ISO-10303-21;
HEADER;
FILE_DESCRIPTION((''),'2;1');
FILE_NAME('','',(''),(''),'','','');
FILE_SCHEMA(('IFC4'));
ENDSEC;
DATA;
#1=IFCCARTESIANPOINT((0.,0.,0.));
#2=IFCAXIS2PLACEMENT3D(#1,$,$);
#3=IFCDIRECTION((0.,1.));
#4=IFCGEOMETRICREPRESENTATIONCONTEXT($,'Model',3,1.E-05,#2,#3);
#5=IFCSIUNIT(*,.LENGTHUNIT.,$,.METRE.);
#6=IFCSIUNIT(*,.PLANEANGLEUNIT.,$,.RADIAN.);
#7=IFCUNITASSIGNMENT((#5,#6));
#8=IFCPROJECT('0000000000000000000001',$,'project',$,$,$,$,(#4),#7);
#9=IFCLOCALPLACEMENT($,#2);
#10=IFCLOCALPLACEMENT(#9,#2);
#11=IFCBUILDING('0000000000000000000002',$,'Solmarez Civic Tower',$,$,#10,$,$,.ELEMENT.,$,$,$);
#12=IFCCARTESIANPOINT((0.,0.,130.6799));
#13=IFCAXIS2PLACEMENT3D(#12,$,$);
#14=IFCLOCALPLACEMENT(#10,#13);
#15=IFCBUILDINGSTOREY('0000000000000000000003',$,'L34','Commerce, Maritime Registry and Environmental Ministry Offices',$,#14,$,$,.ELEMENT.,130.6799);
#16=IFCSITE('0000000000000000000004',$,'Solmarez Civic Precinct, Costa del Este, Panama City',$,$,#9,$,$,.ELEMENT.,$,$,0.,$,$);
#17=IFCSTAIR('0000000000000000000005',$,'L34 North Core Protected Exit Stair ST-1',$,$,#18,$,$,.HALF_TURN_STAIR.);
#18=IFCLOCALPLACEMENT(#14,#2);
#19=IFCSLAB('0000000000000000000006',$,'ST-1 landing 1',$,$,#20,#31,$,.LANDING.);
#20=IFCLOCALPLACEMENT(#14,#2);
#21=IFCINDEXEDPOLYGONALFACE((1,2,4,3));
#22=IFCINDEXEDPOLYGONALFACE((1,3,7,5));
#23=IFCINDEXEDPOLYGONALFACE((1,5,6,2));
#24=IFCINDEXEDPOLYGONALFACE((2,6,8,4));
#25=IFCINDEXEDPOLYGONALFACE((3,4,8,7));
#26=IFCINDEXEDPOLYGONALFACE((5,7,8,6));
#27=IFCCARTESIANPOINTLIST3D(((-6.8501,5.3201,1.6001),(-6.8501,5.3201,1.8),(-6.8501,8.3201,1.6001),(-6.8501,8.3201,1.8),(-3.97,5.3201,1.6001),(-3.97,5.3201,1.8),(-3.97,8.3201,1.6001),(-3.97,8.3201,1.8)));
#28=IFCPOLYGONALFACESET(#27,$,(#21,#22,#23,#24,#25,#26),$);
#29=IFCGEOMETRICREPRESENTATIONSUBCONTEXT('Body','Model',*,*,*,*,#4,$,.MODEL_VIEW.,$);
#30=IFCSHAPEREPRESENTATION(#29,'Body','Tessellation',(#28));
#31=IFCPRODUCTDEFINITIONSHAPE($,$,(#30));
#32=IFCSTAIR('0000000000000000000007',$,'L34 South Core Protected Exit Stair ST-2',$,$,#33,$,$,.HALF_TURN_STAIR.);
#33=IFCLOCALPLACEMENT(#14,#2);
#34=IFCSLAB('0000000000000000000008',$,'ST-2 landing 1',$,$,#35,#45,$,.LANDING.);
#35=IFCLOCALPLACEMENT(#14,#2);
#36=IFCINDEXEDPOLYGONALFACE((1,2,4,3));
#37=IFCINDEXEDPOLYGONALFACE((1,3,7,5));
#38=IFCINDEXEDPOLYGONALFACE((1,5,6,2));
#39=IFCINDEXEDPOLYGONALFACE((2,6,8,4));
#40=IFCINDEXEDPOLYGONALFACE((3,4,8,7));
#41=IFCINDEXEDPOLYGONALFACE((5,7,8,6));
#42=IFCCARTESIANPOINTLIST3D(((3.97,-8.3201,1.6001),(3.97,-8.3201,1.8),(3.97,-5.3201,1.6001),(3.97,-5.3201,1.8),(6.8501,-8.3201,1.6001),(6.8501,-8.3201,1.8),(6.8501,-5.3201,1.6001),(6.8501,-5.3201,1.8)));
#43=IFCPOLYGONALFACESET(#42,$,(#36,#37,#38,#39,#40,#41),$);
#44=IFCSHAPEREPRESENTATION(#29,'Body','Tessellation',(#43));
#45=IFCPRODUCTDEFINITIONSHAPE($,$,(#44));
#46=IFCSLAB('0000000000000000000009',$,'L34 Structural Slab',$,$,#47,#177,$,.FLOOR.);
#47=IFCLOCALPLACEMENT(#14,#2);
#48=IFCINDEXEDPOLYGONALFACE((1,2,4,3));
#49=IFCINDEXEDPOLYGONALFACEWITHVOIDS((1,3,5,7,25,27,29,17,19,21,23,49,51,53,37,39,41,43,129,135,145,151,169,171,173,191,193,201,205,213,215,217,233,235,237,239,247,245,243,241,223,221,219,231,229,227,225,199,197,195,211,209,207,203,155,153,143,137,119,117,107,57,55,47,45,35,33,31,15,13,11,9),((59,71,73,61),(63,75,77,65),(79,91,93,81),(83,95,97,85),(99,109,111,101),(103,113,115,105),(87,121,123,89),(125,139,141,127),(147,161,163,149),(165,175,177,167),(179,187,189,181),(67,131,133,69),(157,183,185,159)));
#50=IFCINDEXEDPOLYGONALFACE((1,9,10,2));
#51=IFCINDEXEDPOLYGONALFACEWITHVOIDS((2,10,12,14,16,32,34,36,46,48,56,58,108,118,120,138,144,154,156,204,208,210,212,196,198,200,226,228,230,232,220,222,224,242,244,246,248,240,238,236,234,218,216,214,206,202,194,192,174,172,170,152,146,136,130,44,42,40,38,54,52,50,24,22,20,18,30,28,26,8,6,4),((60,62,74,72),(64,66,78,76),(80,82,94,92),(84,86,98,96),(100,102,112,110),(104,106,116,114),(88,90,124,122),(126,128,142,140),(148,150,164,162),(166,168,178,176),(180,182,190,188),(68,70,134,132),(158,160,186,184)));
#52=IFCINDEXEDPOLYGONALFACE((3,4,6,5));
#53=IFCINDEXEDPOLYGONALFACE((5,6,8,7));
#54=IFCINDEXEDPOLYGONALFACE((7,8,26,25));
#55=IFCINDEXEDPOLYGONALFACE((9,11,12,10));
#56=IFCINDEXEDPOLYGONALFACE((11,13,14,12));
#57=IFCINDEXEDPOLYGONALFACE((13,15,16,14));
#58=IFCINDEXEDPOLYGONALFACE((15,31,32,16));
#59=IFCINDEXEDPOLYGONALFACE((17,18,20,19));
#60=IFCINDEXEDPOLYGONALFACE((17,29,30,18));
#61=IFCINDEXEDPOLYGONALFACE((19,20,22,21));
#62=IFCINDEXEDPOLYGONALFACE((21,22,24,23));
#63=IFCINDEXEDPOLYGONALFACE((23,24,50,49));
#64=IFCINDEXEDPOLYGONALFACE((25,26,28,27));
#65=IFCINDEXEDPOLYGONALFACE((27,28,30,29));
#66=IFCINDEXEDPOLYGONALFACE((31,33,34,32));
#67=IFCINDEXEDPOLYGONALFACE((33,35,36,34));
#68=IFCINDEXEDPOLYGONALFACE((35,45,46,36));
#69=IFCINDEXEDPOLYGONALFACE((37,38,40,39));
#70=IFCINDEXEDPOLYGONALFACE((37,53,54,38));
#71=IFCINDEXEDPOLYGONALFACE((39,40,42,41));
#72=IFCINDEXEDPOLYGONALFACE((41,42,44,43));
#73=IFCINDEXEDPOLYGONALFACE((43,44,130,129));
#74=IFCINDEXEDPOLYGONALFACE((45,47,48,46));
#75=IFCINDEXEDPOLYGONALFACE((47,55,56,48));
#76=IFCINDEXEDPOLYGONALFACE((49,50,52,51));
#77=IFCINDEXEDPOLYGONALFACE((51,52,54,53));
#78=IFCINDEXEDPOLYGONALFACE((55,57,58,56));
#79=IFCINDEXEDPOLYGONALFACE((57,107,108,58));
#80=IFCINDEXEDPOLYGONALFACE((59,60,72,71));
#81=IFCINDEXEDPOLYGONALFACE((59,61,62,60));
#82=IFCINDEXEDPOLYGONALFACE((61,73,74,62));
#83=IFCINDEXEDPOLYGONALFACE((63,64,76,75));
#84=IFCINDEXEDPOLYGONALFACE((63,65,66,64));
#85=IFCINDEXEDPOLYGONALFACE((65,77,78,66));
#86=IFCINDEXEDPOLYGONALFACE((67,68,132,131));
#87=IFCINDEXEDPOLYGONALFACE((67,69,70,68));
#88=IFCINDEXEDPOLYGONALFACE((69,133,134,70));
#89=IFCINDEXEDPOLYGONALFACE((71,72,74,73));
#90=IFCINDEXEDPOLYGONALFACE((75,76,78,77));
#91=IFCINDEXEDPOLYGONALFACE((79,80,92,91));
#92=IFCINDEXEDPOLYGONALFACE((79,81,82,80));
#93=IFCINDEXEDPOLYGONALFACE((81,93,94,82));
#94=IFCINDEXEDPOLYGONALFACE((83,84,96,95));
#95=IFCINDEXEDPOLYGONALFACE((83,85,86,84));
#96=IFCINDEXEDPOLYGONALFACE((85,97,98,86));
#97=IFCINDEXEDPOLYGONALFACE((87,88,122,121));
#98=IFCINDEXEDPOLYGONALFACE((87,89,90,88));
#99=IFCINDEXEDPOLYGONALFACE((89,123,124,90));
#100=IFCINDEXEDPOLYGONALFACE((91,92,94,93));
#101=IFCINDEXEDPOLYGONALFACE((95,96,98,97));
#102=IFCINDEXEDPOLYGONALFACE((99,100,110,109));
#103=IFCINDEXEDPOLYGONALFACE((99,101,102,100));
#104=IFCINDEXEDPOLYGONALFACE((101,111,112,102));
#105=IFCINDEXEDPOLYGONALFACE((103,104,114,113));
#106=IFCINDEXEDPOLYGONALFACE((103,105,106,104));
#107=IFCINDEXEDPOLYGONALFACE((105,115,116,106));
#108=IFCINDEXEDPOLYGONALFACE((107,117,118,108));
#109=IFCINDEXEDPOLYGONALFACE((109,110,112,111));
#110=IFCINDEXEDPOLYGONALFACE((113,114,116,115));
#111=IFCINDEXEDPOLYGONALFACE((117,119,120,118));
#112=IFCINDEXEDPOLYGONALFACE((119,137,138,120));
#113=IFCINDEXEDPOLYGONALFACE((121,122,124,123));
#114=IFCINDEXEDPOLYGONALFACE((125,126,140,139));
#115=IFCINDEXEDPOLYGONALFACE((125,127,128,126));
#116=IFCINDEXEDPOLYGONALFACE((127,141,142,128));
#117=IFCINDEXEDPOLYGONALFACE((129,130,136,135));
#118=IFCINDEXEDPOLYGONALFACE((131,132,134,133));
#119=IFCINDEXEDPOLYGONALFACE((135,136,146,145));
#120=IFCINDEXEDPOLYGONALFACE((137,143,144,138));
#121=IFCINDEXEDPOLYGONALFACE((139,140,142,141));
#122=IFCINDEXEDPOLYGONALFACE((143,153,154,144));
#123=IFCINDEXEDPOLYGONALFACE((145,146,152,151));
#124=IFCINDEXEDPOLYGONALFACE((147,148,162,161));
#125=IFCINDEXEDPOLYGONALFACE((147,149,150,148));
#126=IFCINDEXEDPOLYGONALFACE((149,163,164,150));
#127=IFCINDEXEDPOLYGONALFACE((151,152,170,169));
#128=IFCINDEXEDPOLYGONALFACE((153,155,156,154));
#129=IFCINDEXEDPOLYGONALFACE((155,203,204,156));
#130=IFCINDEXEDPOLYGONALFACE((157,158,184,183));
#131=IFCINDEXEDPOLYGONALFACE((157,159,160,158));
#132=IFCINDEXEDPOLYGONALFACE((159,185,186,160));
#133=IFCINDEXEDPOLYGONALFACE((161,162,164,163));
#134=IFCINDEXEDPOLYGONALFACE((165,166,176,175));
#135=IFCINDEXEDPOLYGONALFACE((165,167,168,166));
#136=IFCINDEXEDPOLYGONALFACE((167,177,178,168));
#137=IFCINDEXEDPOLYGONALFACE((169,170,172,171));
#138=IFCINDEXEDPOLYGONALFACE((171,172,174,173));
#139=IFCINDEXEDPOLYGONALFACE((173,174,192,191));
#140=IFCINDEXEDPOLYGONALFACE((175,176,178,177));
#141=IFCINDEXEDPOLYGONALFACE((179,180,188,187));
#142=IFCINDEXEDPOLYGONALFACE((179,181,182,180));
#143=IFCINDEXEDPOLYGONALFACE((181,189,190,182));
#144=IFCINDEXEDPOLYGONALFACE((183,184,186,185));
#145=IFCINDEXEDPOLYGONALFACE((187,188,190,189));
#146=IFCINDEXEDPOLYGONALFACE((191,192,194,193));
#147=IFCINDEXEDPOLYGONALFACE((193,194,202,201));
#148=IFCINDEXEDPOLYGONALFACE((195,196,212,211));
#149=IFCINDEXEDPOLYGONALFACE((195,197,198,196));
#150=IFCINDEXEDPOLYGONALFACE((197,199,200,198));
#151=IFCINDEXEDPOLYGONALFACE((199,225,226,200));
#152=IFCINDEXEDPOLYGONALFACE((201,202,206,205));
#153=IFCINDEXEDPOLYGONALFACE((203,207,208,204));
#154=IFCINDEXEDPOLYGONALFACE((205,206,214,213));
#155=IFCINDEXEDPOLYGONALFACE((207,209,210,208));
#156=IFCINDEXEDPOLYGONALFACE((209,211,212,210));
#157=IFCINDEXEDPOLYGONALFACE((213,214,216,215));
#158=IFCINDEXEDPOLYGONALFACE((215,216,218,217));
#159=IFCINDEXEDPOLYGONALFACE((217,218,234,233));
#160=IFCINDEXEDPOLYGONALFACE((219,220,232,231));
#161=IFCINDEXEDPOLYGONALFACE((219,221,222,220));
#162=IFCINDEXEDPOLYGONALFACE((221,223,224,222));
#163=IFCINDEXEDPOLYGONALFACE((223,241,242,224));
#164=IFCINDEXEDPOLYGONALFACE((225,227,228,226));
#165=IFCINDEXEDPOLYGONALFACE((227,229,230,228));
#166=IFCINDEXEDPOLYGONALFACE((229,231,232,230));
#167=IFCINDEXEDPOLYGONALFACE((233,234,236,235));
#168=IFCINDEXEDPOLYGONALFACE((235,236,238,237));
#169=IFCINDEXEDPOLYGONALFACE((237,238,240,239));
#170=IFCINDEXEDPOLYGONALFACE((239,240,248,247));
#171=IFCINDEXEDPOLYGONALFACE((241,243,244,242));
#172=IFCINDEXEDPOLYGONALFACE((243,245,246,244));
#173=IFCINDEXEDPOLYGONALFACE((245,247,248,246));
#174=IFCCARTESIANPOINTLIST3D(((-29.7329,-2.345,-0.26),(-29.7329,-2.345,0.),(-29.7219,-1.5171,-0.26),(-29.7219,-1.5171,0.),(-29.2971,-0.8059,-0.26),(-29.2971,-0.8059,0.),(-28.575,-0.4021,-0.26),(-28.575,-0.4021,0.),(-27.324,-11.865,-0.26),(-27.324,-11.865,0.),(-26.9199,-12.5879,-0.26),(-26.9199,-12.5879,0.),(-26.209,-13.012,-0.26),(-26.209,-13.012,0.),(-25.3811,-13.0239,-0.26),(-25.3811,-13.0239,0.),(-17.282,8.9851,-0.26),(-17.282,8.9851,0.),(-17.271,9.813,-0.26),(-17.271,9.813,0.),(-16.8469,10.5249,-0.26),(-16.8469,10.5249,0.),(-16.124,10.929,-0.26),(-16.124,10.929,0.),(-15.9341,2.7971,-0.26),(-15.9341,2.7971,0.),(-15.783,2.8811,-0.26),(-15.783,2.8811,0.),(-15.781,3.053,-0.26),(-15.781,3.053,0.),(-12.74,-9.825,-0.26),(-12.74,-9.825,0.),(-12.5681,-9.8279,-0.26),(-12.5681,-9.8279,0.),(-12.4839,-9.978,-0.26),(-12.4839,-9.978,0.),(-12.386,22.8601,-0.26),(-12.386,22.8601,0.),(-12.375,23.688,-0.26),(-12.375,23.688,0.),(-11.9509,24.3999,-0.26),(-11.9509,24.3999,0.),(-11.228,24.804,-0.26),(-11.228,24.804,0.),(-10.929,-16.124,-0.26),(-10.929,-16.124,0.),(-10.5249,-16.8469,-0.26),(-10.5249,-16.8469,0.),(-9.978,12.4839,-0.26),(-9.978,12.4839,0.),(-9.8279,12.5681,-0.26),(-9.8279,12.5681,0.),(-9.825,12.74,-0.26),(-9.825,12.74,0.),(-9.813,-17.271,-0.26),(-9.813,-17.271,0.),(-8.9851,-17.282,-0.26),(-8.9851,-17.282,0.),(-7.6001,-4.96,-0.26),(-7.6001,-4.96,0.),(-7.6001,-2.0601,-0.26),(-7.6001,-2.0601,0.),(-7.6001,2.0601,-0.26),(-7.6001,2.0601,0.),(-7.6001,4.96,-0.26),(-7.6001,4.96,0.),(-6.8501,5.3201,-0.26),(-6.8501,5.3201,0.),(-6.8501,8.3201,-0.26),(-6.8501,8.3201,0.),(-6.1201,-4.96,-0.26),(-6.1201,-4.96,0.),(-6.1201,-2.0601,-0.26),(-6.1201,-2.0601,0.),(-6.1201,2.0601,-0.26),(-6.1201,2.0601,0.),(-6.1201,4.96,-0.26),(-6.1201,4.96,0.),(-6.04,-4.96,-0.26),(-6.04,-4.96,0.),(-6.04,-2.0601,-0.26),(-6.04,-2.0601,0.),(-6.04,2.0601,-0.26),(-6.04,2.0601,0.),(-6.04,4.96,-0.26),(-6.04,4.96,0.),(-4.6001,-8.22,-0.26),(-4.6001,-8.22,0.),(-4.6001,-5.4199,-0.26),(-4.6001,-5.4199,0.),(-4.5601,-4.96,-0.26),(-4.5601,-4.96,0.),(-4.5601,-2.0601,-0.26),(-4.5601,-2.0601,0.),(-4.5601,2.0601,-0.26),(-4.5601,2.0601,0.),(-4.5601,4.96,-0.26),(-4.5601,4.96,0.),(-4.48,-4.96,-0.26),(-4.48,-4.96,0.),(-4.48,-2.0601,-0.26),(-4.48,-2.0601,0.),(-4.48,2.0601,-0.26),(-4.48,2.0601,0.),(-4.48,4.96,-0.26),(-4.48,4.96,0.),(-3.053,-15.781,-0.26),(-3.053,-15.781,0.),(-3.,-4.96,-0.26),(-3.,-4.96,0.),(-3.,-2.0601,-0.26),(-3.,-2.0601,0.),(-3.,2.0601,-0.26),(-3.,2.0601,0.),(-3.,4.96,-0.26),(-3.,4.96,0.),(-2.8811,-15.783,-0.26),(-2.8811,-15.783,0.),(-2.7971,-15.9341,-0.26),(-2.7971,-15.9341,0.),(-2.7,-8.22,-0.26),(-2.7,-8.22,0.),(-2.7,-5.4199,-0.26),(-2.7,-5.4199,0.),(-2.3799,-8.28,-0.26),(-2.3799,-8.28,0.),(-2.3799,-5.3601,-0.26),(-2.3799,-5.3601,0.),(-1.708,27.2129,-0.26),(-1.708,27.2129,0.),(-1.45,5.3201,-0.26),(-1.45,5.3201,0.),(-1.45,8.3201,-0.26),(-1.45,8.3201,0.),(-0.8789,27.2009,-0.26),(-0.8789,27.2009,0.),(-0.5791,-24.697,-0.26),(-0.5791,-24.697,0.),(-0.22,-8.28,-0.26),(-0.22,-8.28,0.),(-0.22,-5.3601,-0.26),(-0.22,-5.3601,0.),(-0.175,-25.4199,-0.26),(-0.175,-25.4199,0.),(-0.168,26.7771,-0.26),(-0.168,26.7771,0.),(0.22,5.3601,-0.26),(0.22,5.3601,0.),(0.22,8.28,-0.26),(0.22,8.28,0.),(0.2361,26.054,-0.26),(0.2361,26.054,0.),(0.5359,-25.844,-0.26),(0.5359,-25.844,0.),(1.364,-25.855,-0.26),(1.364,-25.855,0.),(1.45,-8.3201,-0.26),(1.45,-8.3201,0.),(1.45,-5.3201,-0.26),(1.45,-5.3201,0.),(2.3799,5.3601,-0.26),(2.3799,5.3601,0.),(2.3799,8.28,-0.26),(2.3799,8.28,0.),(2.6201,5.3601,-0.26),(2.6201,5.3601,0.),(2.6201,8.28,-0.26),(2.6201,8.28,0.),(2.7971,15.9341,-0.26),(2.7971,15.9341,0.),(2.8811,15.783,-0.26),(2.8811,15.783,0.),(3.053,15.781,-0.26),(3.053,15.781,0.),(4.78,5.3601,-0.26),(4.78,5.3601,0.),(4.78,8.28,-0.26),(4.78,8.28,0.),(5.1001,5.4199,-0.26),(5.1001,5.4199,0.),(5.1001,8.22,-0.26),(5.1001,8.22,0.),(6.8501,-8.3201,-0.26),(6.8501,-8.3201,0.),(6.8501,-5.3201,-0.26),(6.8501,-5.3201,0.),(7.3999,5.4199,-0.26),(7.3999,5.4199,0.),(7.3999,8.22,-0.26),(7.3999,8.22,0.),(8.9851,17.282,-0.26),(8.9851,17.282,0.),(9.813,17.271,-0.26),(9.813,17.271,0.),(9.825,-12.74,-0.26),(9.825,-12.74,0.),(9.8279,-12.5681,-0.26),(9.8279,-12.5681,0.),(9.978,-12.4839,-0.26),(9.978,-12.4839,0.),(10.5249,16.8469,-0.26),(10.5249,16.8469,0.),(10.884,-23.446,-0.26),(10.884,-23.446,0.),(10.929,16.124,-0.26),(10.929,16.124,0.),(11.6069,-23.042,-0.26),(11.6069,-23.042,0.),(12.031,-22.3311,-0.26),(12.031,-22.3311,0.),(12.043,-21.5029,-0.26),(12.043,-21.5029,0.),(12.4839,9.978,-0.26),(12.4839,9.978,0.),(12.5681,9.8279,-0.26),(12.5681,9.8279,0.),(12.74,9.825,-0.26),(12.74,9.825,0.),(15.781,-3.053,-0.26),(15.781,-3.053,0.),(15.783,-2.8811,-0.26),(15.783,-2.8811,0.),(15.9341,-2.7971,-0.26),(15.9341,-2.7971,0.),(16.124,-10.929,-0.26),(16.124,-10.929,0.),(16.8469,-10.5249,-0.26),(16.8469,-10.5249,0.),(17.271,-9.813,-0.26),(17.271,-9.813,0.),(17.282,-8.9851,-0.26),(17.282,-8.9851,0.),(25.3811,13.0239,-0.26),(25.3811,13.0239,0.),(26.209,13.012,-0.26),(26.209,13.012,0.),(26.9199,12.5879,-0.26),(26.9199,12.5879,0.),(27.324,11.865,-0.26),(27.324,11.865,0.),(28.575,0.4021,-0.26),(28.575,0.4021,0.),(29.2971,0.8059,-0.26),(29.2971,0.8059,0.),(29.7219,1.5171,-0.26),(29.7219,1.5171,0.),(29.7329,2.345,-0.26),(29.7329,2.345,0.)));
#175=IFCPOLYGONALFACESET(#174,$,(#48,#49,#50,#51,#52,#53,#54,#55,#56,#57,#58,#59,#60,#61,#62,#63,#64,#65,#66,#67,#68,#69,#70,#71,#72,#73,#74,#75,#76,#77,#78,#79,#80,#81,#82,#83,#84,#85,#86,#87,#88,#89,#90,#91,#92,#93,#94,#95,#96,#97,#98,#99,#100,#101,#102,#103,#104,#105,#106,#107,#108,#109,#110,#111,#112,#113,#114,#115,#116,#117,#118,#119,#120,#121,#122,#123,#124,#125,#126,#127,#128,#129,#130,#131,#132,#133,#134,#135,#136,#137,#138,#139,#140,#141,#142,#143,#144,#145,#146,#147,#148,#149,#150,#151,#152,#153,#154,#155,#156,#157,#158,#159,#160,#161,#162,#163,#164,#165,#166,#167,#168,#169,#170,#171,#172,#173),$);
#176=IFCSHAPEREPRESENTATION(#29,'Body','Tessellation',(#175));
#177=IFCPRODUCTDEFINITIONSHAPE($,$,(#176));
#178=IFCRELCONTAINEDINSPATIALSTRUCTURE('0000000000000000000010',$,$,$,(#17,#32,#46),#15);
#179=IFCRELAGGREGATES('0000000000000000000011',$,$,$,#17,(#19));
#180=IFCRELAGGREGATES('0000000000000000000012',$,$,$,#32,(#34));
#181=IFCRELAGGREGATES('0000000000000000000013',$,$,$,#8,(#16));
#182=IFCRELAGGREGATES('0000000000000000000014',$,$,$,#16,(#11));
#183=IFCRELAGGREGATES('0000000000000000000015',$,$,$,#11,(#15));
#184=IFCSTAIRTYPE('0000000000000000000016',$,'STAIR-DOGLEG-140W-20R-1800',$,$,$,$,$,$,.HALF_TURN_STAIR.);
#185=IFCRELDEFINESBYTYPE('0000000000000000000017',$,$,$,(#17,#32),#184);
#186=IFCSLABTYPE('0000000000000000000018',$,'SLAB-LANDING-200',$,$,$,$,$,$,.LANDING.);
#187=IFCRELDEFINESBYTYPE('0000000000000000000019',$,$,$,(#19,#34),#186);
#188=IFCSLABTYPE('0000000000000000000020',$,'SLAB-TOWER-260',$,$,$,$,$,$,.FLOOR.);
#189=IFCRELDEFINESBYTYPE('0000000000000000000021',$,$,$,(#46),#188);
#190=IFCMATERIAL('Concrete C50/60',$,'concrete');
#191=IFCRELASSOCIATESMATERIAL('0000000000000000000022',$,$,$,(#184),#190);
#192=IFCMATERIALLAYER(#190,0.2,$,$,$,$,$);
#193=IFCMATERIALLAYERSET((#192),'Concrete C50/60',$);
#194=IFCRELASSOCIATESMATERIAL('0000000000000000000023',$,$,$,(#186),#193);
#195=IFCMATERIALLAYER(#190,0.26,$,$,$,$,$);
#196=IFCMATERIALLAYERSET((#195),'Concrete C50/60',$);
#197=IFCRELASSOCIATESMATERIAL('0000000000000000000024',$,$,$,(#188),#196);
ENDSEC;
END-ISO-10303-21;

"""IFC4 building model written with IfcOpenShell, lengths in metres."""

from ifc_helpers import new_model, si_unit, direction, frame, origin, place, context, subcontext, project, spatial, polyline, outline, extrude, material, layer, layer_set, type_object, element, aggregate, save


model = new_model("IFC4")

# Units and contexts
model_context = context("Model", 3, precision=1e-05, world=origin(), true_north=direction((0.0, 1.0)))
body_context = subcontext(model_context, "Body", "Model", "MODEL_VIEW")
ifc_project = project(units=[si_unit("LENGTHUNIT", "METRE"), si_unit("PLANEANGLEUNIT", "RADIAN")], contexts=[model_context])

# Site, building, storey
site_placement = place(None, origin())
site = spatial("IfcSite", under=ifc_project, at=site_placement, Name="Solmarez Civic Precinct, Costa del Este, Panama City", CompositionType="ELEMENT", RefElevation=0.0)
building_placement = place(site_placement, origin())
building = spatial("IfcBuilding", under=site, at=building_placement, Name="Solmarez Civic Tower", CompositionType="ELEMENT")
storey_placement = place(building_placement, frame((0.0, 0.0, 130.6799)))
storey = spatial("IfcBuildingStorey", under=building, at=storey_placement, Name="L34", Description="Commerce, Maritime Registry and Environmental Ministry Offices", CompositionType="ELEMENT", Elevation=130.6799)

# Shared definitions
ifc_material_1 = material(Name="Concrete C50/60", Category="concrete")

# Stairs, slabs
stair_type = type_object("IfcStairType", Name="STAIR-DOGLEG-140W-20R-1800", PredefinedType="HALF_TURN_STAIR", material=ifc_material_1)
stair_1_placement = place(storey_placement, origin())
stair_1 = element("IfcStair", 1, at=stair_1_placement, inside=storey, type_object=stair_type, Name="L34 North Core Protected Exit Stair ST-1", PredefinedType="HALF_TURN_STAIR")
ifc_layer_1 = layer(ifc_material_1, 0.2)
ifc_layer_set_1 = layer_set([ifc_layer_1], Name="Concrete C50/60")
slab_type_1 = type_object("IfcSlabType", Name="SLAB-LANDING-200", PredefinedType="LANDING", material=ifc_layer_set_1)
slab_1_placement = place(storey_placement, frame((0.0, 0.0, 1.6001)))
slab_1 = element("IfcSlab", 2, at=slab_1_placement, type_object=slab_type_1, Name="ST-1 landing 1", PredefinedType="LANDING", context=body_context, shape_type="SweptSolid", body=[
    extrude(outline(polyline([(-3.97, 8.3201), (-6.8501, 8.3201), (-6.8501, 5.3201), (-3.97, 5.3201), (-3.97, 8.3201)])), origin(), (0.0, 0.0, 1.0), 0.2),
])
aggregate(stair_1, [slab_1])
stair_2_placement = place(storey_placement, origin())
stair_2 = element("IfcStair", 3, at=stair_2_placement, inside=storey, type_object=stair_type, Name="L34 South Core Protected Exit Stair ST-2", PredefinedType="HALF_TURN_STAIR")
slab_2_placement = place(storey_placement, frame((0.0, 0.0, 1.6001)))
slab_2 = element("IfcSlab", 4, at=slab_2_placement, type_object=slab_type_1, Name="ST-2 landing 1", PredefinedType="LANDING", context=body_context, shape_type="SweptSolid", body=[
    extrude(outline(polyline([(3.97, -8.3201), (6.8501, -8.3201), (6.8501, -5.3201), (3.97, -5.3201), (3.97, -8.3201)])), origin(), (0.0, 0.0, 1.0), 0.2),
])

# Slab
ifc_layer_2 = layer(ifc_material_1, 0.26)
ifc_layer_set_2 = layer_set([ifc_layer_2], Name="Concrete C50/60")
slab_type_2 = type_object("IfcSlabType", Name="SLAB-TOWER-260", PredefinedType="FLOOR", material=ifc_layer_set_2)
slab_3_placement = place(storey_placement, frame((0.0, 0.0, -0.26)))
element("IfcSlab", 5, at=slab_3_placement, inside=storey, type_object=slab_type_2, Name="L34 Structural Slab", PredefinedType="FLOOR", context=body_context, shape_type="SweptSolid", body=[
    extrude(outline(polyline([(-12.4839, -9.978), (-10.929, -16.124), (-10.5249, -16.8469), (-9.813, -17.271), (-8.9851, -17.282), (-3.053, -15.781), (-2.8811, -15.783), (-2.7971, -15.9341), (-0.5791, -24.697), (-0.175, -25.4199), (0.5359, -25.844), (1.364, -25.855), (10.884, -23.446), (11.6069, -23.042), (12.031, -22.3311), (12.043, -21.5029), (9.825, -12.74), (9.8279, -12.5681), (9.978, -12.4839), (16.124, -10.929), (16.8469, -10.5249), (17.271, -9.813), (17.282, -8.9851), (15.781, -3.053), (15.783, -2.8811), (15.9341, -2.7971), (28.575, 0.4021), (29.2971, 0.8059), (29.7219, 1.5171), (29.7329, 2.345), (27.324, 11.865), (26.9199, 12.5879), (26.209, 13.012), (25.3811, 13.0239), (12.74, 9.825), (12.5681, 9.8279), (12.4839, 9.978), (10.929, 16.124), (10.5249, 16.8469), (9.813, 17.271), (8.9851, 17.282), (3.053, 15.781), (2.8811, 15.783), (2.7971, 15.9341), (0.2361, 26.054), (-0.168, 26.7771), (-0.8789, 27.2009), (-1.708, 27.2129), (-11.228, 24.804), (-11.9509, 24.3999), (-12.375, 23.688), (-12.386, 22.8601), (-9.825, 12.74), (-9.8279, 12.5681), (-9.978, 12.4839), (-16.124, 10.929), (-16.8469, 10.5249), (-17.271, 9.813), (-17.282, 8.9851), (-15.781, 3.053), (-15.783, 2.8811), (-15.9341, 2.7971), (-28.575, -0.4021), (-29.2971, -0.8059), (-29.7219, -1.5171), (-29.7329, -2.345), (-27.324, -11.865), (-26.9199, -12.5879), (-26.209, -13.012), (-25.3811, -13.0239), (-12.74, -9.825), (-12.5681, -9.8279), (-12.4839, -9.978)]), holes=[polyline([(-1.45, 8.3201), (-6.8501, 8.3201), (-6.8501, 5.3201), (-1.45, 5.3201), (-1.45, 8.3201)]), polyline([(1.45, -8.3201), (6.8501, -8.3201), (6.8501, -5.3201), (1.45, -5.3201), (1.45, -8.3201)]), polyline([(0.22, 5.3601), (2.3799, 5.3601), (2.3799, 8.28), (0.22, 8.28), (0.22, 5.3601)]), polyline([(2.6201, 5.3601), (4.78, 5.3601), (4.78, 8.28), (2.6201, 8.28), (2.6201, 5.3601)]), polyline([(-2.3799, -8.28), (-0.22, -8.28), (-0.22, -5.3601), (-2.3799, -5.3601), (-2.3799, -8.28)]), polyline([(-7.6001, -4.96), (-6.1201, -4.96), (-6.1201, -2.0601), (-7.6001, -2.0601), (-7.6001, -4.96)]), polyline([(-6.04, -4.96), (-4.5601, -4.96), (-4.5601, -2.0601), (-6.04, -2.0601), (-6.04, -4.96)]), polyline([(-4.48, -4.96), (-3.0, -4.96), (-3.0, -2.0601), (-4.48, -2.0601), (-4.48, -4.96)]), polyline([(-7.6001, 2.0601), (-6.1201, 2.0601), (-6.1201, 4.96), (-7.6001, 4.96), (-7.6001, 2.0601)]), polyline([(-6.04, 2.0601), (-4.5601, 2.0601), (-4.5601, 4.96), (-6.04, 4.96), (-6.04, 2.0601)]), polyline([(-4.48, 2.0601), (-3.0, 2.0601), (-3.0, 4.96), (-4.48, 4.96), (-4.48, 2.0601)]), polyline([(5.1001, 5.4199), (7.3999, 5.4199), (7.3999, 8.22), (5.1001, 8.22), (5.1001, 5.4199)]), polyline([(-4.6001, -8.22), (-2.7, -8.22), (-2.7, -5.4199), (-4.6001, -5.4199), (-4.6001, -8.22)])]), origin(), (0.0, 0.0, 1.0), 0.26),
])

aggregate(stair_2, [slab_2])

save(model, "model.ifc")
